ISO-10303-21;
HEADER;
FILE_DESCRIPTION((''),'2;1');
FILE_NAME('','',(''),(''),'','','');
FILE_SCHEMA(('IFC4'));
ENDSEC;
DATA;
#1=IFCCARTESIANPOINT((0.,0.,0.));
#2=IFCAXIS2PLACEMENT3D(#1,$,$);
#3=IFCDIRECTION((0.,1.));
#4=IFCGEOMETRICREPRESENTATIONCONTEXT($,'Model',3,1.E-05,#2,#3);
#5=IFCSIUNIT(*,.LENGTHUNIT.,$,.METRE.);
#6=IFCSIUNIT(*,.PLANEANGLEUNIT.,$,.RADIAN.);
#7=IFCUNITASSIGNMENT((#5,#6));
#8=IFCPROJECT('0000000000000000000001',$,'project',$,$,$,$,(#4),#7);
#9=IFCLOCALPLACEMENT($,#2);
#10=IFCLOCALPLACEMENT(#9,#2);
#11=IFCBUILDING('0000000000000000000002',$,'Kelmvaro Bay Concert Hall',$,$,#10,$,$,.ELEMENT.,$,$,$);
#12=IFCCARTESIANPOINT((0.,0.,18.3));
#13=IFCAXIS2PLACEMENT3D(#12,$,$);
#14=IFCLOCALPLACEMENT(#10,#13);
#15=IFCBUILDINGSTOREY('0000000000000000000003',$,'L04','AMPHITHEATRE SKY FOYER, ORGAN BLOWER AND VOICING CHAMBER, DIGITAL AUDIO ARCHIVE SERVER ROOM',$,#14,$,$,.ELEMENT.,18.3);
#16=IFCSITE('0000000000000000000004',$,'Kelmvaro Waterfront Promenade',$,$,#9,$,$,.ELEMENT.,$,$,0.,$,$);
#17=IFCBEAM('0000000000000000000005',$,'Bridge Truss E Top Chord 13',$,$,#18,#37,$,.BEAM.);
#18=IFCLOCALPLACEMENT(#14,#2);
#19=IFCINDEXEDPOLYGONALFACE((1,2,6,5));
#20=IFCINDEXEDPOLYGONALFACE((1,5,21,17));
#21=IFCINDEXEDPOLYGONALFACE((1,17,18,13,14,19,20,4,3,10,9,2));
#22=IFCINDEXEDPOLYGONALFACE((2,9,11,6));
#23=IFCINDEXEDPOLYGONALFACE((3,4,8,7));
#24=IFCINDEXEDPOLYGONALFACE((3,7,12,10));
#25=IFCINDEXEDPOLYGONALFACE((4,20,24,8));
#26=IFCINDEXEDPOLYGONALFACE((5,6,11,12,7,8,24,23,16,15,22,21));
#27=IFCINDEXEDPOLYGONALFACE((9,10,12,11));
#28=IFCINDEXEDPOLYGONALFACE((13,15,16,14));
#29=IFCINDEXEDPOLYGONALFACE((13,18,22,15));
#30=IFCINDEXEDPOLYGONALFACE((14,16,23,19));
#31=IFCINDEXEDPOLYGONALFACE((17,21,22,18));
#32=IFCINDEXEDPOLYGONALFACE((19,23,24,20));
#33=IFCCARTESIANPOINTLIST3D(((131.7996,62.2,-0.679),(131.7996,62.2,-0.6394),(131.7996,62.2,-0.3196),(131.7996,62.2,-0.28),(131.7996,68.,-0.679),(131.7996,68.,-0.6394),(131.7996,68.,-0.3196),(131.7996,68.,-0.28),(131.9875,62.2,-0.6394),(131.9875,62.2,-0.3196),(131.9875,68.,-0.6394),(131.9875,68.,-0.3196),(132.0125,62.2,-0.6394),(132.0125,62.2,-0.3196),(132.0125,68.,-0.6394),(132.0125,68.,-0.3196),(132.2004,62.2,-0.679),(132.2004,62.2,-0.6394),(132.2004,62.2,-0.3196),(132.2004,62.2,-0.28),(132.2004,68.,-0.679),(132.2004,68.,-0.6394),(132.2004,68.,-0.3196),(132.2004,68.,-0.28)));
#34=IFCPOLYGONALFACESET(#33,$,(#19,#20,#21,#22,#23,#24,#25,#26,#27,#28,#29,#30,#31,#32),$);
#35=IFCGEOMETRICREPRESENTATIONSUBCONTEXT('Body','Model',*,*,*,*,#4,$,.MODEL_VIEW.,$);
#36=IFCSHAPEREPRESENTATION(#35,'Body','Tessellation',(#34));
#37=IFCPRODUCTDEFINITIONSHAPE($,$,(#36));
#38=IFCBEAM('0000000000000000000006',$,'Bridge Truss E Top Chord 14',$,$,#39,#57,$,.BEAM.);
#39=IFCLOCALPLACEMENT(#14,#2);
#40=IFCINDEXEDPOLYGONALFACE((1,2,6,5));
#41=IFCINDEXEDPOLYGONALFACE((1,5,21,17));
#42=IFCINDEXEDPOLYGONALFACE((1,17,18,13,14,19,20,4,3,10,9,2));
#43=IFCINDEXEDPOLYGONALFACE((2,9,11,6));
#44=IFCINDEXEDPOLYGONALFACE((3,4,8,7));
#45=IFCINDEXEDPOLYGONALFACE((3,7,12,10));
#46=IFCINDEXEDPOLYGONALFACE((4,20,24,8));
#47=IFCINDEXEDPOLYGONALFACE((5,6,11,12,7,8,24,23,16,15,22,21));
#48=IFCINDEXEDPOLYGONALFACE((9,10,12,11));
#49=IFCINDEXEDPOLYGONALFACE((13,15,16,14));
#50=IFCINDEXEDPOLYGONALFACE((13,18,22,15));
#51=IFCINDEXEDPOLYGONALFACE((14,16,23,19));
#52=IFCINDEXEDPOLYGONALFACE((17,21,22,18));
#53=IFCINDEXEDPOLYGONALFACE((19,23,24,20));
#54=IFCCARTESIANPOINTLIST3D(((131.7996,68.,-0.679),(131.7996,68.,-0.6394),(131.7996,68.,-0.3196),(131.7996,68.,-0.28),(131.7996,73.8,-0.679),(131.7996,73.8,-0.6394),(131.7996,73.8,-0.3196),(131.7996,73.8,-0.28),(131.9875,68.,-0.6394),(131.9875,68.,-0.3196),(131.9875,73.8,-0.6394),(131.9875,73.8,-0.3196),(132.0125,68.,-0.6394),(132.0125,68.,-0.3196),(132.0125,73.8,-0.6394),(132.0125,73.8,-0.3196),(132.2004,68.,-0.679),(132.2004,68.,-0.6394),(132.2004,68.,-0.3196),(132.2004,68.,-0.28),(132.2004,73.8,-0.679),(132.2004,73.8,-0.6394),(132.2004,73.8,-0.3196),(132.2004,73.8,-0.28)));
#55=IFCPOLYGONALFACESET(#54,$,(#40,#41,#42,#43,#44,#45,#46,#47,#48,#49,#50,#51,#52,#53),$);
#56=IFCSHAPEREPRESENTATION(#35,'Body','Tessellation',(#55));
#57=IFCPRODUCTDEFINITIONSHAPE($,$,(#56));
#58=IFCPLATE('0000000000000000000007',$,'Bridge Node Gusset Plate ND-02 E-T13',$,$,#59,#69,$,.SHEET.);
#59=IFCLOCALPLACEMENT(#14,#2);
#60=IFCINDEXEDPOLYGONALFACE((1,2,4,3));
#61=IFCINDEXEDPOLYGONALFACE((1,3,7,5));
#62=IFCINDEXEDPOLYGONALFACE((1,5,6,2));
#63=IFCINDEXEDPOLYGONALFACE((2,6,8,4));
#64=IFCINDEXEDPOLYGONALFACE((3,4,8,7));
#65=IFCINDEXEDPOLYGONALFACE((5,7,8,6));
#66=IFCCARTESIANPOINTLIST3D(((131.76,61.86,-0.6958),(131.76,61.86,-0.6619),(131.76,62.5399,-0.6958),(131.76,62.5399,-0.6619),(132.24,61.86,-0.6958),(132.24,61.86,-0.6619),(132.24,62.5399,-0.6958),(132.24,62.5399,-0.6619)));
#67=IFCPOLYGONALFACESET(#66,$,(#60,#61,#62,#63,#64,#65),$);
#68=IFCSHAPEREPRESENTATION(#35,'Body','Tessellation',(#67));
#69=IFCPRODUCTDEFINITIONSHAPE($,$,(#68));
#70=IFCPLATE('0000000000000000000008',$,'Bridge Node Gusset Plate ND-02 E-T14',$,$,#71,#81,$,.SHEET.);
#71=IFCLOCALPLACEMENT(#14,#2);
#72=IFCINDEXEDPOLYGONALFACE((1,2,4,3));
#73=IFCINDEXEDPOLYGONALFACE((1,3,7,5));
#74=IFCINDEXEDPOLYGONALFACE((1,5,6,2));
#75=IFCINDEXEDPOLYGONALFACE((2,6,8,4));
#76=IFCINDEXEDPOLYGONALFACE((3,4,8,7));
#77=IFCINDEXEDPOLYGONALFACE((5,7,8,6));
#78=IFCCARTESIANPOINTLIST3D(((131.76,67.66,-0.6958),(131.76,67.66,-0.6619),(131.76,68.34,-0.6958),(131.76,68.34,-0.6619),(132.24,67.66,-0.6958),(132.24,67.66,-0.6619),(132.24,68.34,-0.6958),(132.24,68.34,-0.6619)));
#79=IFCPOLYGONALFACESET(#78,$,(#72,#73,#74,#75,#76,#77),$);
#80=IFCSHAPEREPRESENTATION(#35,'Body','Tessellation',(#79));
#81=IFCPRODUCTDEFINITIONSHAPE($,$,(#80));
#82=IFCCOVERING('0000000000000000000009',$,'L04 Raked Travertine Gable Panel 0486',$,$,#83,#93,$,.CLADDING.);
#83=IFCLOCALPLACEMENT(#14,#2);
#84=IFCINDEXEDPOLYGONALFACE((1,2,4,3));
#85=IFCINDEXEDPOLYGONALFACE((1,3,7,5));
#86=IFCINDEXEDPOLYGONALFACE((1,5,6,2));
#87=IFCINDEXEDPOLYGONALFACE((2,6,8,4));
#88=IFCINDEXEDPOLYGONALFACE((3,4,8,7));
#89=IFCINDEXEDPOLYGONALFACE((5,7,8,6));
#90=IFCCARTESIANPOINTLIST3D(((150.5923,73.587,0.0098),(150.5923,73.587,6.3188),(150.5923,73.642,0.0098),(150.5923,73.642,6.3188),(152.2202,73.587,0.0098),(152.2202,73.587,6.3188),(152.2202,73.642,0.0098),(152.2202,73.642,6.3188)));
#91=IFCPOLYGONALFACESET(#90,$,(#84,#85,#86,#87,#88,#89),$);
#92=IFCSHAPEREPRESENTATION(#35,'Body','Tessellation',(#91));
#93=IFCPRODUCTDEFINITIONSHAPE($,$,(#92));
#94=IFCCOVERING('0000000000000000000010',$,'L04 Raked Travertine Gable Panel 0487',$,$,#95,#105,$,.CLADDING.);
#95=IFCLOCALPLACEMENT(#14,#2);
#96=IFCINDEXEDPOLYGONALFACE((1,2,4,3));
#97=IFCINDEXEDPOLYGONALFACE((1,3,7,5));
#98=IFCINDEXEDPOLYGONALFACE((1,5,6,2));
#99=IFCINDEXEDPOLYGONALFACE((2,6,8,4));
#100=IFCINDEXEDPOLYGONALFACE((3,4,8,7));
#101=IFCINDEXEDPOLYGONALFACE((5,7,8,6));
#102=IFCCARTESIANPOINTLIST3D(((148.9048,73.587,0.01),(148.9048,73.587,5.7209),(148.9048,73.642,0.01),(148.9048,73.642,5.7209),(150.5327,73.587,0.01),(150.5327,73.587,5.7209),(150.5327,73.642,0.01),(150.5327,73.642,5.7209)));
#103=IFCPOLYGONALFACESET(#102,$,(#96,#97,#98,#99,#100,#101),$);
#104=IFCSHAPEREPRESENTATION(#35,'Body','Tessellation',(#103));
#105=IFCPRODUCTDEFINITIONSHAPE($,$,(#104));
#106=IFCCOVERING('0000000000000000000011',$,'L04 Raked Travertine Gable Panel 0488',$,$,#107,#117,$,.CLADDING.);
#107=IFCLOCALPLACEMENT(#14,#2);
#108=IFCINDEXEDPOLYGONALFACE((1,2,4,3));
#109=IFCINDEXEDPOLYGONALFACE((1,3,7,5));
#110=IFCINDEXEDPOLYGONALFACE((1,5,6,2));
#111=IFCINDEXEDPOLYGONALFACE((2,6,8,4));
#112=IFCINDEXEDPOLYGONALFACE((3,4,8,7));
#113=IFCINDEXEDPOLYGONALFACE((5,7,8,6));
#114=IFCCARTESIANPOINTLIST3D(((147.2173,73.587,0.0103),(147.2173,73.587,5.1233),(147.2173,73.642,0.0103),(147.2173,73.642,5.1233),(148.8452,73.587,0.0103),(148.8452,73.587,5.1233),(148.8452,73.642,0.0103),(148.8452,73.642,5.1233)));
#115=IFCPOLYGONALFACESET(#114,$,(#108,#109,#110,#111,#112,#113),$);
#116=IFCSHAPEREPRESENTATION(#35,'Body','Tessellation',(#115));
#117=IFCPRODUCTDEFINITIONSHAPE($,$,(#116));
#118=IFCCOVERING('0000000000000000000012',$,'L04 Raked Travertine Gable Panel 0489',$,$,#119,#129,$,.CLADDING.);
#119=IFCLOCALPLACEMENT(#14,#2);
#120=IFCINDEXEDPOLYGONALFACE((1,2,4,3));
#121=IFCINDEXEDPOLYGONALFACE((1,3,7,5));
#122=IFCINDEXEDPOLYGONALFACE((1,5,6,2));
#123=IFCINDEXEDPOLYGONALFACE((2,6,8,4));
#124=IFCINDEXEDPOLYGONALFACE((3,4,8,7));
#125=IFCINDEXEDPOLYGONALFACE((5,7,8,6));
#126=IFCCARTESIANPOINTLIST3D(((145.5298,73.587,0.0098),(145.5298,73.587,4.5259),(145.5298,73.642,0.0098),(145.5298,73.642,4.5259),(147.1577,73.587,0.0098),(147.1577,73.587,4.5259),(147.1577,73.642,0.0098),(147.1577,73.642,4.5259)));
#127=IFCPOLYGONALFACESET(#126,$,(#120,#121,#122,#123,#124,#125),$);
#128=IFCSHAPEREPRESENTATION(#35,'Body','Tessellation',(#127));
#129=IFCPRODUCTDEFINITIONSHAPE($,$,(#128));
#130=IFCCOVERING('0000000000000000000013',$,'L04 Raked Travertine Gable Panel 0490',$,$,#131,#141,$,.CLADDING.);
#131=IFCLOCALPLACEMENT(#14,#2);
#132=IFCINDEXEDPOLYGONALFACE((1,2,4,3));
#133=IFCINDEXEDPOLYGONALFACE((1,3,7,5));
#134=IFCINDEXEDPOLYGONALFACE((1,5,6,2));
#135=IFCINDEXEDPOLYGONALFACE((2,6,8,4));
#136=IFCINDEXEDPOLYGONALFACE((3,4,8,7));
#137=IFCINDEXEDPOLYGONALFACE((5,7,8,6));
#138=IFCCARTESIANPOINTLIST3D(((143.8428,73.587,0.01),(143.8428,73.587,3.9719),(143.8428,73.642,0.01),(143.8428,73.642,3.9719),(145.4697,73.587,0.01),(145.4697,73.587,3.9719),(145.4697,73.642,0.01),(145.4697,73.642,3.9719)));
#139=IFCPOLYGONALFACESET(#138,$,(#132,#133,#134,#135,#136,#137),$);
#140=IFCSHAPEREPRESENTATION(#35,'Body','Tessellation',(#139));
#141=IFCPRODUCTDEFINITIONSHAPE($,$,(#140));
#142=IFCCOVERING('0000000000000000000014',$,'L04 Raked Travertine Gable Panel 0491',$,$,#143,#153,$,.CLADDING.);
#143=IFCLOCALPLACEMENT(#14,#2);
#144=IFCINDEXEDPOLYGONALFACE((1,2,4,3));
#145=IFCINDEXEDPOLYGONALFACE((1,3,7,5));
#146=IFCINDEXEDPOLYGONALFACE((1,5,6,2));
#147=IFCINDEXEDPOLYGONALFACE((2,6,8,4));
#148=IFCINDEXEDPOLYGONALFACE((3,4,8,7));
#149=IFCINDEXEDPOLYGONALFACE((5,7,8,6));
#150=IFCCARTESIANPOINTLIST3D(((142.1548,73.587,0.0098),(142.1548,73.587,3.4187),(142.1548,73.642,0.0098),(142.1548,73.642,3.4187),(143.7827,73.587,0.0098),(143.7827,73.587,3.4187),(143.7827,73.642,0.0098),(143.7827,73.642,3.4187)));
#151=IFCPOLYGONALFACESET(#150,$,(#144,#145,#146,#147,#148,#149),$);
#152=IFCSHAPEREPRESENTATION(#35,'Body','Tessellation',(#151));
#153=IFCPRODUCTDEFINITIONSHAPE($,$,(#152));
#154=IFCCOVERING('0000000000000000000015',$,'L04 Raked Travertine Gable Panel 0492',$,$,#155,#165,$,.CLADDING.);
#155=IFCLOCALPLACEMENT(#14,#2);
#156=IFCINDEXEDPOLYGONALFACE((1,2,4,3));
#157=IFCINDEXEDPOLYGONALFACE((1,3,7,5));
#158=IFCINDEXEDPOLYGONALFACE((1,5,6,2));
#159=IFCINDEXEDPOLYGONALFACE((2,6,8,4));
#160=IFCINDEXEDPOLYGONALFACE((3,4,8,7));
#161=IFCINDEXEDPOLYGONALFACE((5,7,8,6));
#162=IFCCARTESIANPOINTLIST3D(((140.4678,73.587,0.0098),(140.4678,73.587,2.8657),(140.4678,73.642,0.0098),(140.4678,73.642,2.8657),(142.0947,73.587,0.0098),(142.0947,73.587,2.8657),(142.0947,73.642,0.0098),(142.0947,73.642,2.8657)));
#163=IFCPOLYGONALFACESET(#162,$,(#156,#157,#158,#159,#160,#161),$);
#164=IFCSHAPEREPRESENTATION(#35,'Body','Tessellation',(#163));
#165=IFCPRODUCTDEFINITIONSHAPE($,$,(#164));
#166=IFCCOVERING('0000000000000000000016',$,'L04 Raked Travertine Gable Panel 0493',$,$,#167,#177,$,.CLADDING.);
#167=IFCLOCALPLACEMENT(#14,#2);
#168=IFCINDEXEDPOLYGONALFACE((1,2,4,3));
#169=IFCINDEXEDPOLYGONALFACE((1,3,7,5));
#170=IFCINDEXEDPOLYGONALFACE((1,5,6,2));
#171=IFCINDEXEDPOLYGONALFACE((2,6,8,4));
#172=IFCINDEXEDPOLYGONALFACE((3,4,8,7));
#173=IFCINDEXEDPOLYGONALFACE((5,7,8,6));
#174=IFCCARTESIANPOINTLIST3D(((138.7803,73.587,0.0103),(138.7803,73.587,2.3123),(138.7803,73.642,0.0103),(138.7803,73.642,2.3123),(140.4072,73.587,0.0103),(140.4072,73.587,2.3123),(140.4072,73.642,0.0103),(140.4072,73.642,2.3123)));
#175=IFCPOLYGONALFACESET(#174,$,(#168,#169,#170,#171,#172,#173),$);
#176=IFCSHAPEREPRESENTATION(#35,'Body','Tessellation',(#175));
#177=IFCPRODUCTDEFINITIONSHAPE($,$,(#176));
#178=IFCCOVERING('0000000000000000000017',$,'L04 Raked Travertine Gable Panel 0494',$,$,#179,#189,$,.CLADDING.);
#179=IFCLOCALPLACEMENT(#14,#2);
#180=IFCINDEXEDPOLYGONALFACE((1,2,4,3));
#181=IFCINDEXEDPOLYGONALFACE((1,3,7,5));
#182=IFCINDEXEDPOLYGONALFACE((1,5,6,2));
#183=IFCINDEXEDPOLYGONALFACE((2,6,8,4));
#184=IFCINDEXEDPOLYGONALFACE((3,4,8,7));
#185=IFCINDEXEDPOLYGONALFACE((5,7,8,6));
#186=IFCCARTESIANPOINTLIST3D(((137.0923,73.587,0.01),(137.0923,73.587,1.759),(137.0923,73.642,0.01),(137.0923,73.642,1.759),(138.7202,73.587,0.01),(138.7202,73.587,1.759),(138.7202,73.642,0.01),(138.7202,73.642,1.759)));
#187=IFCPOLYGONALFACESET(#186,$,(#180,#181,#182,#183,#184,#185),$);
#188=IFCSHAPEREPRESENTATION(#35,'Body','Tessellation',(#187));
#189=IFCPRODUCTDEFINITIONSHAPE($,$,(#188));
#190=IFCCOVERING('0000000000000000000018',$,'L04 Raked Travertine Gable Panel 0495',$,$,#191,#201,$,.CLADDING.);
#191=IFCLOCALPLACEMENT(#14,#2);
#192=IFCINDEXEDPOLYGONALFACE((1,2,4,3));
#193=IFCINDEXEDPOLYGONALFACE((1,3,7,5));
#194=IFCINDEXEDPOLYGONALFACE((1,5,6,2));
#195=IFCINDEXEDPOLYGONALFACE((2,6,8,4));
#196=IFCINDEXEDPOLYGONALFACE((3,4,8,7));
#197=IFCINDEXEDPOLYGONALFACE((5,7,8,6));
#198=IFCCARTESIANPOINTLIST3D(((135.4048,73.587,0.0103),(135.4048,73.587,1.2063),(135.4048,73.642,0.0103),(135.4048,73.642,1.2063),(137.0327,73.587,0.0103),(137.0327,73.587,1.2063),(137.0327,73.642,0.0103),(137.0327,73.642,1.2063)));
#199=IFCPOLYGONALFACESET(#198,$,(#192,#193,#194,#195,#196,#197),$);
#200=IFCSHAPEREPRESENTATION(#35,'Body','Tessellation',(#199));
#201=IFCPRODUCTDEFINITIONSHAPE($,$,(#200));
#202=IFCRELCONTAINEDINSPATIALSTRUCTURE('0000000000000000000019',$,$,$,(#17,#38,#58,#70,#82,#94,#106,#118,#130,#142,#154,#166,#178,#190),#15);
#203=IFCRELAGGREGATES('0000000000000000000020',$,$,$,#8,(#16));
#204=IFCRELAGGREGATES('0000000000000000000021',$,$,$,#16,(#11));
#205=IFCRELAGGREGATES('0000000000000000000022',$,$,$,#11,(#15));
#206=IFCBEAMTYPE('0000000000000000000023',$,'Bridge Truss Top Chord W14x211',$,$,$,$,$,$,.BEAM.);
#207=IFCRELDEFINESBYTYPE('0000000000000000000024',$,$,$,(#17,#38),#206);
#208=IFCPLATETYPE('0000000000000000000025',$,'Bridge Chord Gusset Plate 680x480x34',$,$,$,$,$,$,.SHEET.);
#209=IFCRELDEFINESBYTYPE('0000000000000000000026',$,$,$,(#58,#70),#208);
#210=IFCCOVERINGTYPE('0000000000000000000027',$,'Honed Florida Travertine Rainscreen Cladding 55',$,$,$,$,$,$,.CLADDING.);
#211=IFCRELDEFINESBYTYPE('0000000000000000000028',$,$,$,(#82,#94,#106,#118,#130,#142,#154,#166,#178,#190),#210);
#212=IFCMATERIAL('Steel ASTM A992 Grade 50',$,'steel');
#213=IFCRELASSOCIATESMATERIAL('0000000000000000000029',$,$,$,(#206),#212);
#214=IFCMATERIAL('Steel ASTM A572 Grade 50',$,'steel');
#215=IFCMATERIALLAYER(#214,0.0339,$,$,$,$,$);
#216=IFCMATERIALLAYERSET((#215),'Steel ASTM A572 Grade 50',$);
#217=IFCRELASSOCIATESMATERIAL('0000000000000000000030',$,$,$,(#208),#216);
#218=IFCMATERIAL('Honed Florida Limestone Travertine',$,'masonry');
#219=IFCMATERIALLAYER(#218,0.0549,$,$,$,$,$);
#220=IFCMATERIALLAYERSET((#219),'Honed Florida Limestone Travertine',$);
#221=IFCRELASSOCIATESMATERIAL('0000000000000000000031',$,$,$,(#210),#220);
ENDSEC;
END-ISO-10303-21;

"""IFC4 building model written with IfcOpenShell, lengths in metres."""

from ifc_helpers import new_model, si_unit, direction, frame, origin, origin_2d, place, context, subcontext, project, spatial, rectangle, i_section, extrude, material, layer, layer_set, material_profile, profile_set, type_object, element, save


model = new_model("IFC4")

# Units and contexts
model_context = context("Model", 3, precision=1e-05, world=origin(), true_north=direction((0.0, 1.0)))
body_context = subcontext(model_context, "Body", "Model", "MODEL_VIEW")
ifc_project = project(units=[si_unit("LENGTHUNIT", "METRE"), si_unit("PLANEANGLEUNIT", "RADIAN")], contexts=[model_context])

# Site, building, storey
site_placement = place(None, origin())
site = spatial("IfcSite", under=ifc_project, at=site_placement, Name="Kelmvaro Waterfront Promenade", CompositionType="ELEMENT", RefElevation=0.0)
building_placement = place(site_placement, origin())
building = spatial("IfcBuilding", under=site, at=building_placement, Name="Kelmvaro Bay Concert Hall", CompositionType="ELEMENT")
storey_placement = place(building_placement, frame((0.0, 0.0, 18.3)))
storey = spatial("IfcBuildingStorey", under=building, at=storey_placement, Name="L04", Description="AMPHITHEATRE SKY FOYER, ORGAN BLOWER AND VOICING CHAMBER, DIGITAL AUDIO ARCHIVE SERVER ROOM", CompositionType="ELEMENT", Elevation=18.3)

# Beams
ifc_material_1 = material(Name="Steel ASTM A992 Grade 50", Category="steel")
ifc_material_profile = material_profile(ifc_material_1, i_section(OverallWidth=0.4009, OverallDepth=0.3989, WebThickness=0.0249, FlangeThickness=0.0396, at=origin_2d()), Name="W14X211")
ifc_profile_set = profile_set([ifc_material_profile], Name="Steel ASTM A992 Grade 50")
beam_type = type_object("IfcBeamType", Name="Bridge Truss Top Chord W14x211", PredefinedType="BEAM", material=ifc_profile_set)
for number, where, z_axis, x_axis, name in (
    (1, (132.0, 62.2, -0.4795), (0.0, 1.0, 0.0), (-1.0, 0.0, 0.0), "Bridge Truss E Top Chord 13"),
    (2, (132.0, 68.0, -0.4795), (0.0, 1.0, 0.0), (-1.0, 0.0, 0.0), "Bridge Truss E Top Chord 14"),
):
    element("IfcBeam", number, at=place(storey_placement, frame(where, z_axis=z_axis, x_axis=x_axis)), inside=storey, type_object=beam_type, Name=name, PredefinedType="BEAM", context=body_context, shape_type="SweptSolid", body=[
        extrude(i_section(OverallWidth=0.4009, OverallDepth=0.3989, WebThickness=0.0249, FlangeThickness=0.0396, at=origin_2d()), origin(), (0.0, 0.0, 1.0), 5.8),
    ])

# Plates
ifc_material_2 = material(Name="Steel ASTM A572 Grade 50", Category="steel")
ifc_layer_1 = layer(ifc_material_2, 0.0339)
ifc_layer_set_1 = layer_set([ifc_layer_1], Name="Steel ASTM A572 Grade 50")
plate_type = type_object("IfcPlateType", Name="Bridge Chord Gusset Plate 680x480x34", PredefinedType="SHEET", material=ifc_layer_set_1)
for number, where, z_axis, x_axis, name in (
    (3, (132.0, 62.2, -0.6958), (0.0, 0.0, 1.0), (0.0, 1.0, 0.0), "Bridge Node Gusset Plate ND-02 E-T13"),
    (4, (132.0, 68.0, -0.6958), (0.0, 0.0, 1.0), (0.0, 1.0, 0.0), "Bridge Node Gusset Plate ND-02 E-T14"),
):
    element("IfcPlate", number, at=place(storey_placement, frame(where, z_axis=z_axis, x_axis=x_axis)), inside=storey, type_object=plate_type, Name=name, PredefinedType="SHEET", context=body_context, shape_type="SweptSolid", body=[
        extrude(rectangle(XDim=0.6799, YDim=0.48, at=origin_2d()), origin(), (0.0, 0.0, 1.0), 0.0339),
    ])

# Coverings
ifc_material_3 = material(Name="Honed Florida Limestone Travertine", Category="masonry")
ifc_layer_2 = layer(ifc_material_3, 0.0549)
ifc_layer_set_2 = layer_set([ifc_layer_2], Name="Honed Florida Limestone Travertine")
covering_type = type_object("IfcCoveringType", Name="Honed Florida Travertine Rainscreen Cladding 55", PredefinedType="CLADDING", material=ifc_layer_set_2)
covering_1_placement = place(storey_placement, frame((151.4062, 73.6145, 0.0098), z_axis=(0.0, 0.0, 1.0), x_axis=(-1.0, 0.0, 0.0)))
element("IfcCovering", 5, at=covering_1_placement, inside=storey, type_object=covering_type, Name="L04 Raked Travertine Gable Panel 0486", PredefinedType="CLADDING", context=body_context, shape_type="SweptSolid", body=[
    extrude(rectangle(XDim=1.6279, YDim=0.0549, at=origin_2d()), origin(), (0.0, 0.0, 1.0), 6.3091),
])
covering_2_placement = place(storey_placement, frame((149.7188, 73.6145, 0.01), z_axis=(0.0, 0.0, 1.0), x_axis=(-1.0, 0.0, 0.0)))
element("IfcCovering", 6, at=covering_2_placement, inside=storey, type_object=covering_type, Name="L04 Raked Travertine Gable Panel 0487", PredefinedType="CLADDING", context=body_context, shape_type="SweptSolid", body=[
    extrude(rectangle(XDim=1.6279, YDim=0.0549, at=origin_2d()), origin(), (0.0, 0.0, 1.0), 5.7109),
])
covering_3_placement = place(storey_placement, frame((148.0312, 73.6145, 0.0103), z_axis=(0.0, 0.0, 1.0), x_axis=(-1.0, 0.0, 0.0)))
element("IfcCovering", 7, at=covering_3_placement, inside=storey, type_object=covering_type, Name="L04 Raked Travertine Gable Panel 0488", PredefinedType="CLADDING", context=body_context, shape_type="SweptSolid", body=[
    extrude(rectangle(XDim=1.6279, YDim=0.0549, at=origin_2d()), origin(), (0.0, 0.0, 1.0), 5.113),
])
covering_4_placement = place(storey_placement, frame((146.3438, 73.6145, 0.0098), z_axis=(0.0, 0.0, 1.0), x_axis=(-1.0, 0.0, 0.0)))
element("IfcCovering", 8, at=covering_4_placement, inside=storey, type_object=covering_type, Name="L04 Raked Travertine Gable Panel 0489", PredefinedType="CLADDING", context=body_context, shape_type="SweptSolid", body=[
    extrude(rectangle(XDim=1.6279, YDim=0.0549, at=origin_2d()), origin(), (0.0, 0.0, 1.0), 4.5161),
])
covering_5_placement = place(storey_placement, frame((144.6562, 73.6145, 0.01), z_axis=(0.0, 0.0, 1.0), x_axis=(-1.0, 0.0, 0.0)))
element("IfcCovering", 9, at=covering_5_placement, inside=storey, type_object=covering_type, Name="L04 Raked Travertine Gable Panel 0490", PredefinedType="CLADDING", context=body_context, shape_type="SweptSolid", body=[
    extrude(rectangle(XDim=1.627, YDim=0.0549, at=origin_2d()), origin(), (0.0, 0.0, 1.0), 3.9619),
])
covering_6_placement = place(storey_placement, frame((142.9688, 73.6145, 0.0098), z_axis=(0.0, 0.0, 1.0), x_axis=(-1.0, 0.0, 0.0)))
element("IfcCovering", 10, at=covering_6_placement, inside=storey, type_object=covering_type, Name="L04 Raked Travertine Gable Panel 0491", PredefinedType="CLADDING", context=body_context, shape_type="SweptSolid", body=[
    extrude(rectangle(XDim=1.6279, YDim=0.0549, at=origin_2d()), origin(), (0.0, 0.0, 1.0), 3.4089),
])
covering_7_placement = place(storey_placement, frame((141.2812, 73.6145, 0.0098), z_axis=(0.0, 0.0, 1.0), x_axis=(-1.0, 0.0, 0.0)))
element("IfcCovering", 11, at=covering_7_placement, inside=storey, type_object=covering_type, Name="L04 Raked Travertine Gable Panel 0492", PredefinedType="CLADDING", context=body_context, shape_type="SweptSolid", body=[
    extrude(rectangle(XDim=1.627, YDim=0.0549, at=origin_2d()), origin(), (0.0, 0.0, 1.0), 2.856),
])
covering_8_placement = place(storey_placement, frame((139.5938, 73.6145, 0.0103), z_axis=(0.0, 0.0, 1.0), x_axis=(-1.0, 0.0, 0.0)))
element("IfcCovering", 12, at=covering_8_placement, inside=storey, type_object=covering_type, Name="L04 Raked Travertine Gable Panel 0493", PredefinedType="CLADDING", context=body_context, shape_type="SweptSolid", body=[
    extrude(rectangle(XDim=1.627, YDim=0.0549, at=origin_2d()), origin(), (0.0, 0.0, 1.0), 2.302),
])
covering_9_placement = place(storey_placement, frame((137.9062, 73.6145, 0.01), z_axis=(0.0, 0.0, 1.0), x_axis=(-1.0, 0.0, 0.0)))
element("IfcCovering", 13, at=covering_9_placement, inside=storey, type_object=covering_type, Name="L04 Raked Travertine Gable Panel 0494", PredefinedType="CLADDING", context=body_context, shape_type="SweptSolid", body=[
    extrude(rectangle(XDim=1.6279, YDim=0.0549, at=origin_2d()), origin(), (0.0, 0.0, 1.0), 1.749),
])
covering_10_placement = place(storey_placement, frame((136.2188, 73.6145, 0.0103), z_axis=(0.0, 0.0, 1.0), x_axis=(-1.0, 0.0, 0.0)))
element("IfcCovering", 14, at=covering_10_placement, inside=storey, type_object=covering_type, Name="L04 Raked Travertine Gable Panel 0495", PredefinedType="CLADDING", context=body_context, shape_type="SweptSolid", body=[
    extrude(rectangle(XDim=1.6279, YDim=0.0549, at=origin_2d()), origin(), (0.0, 0.0, 1.0), 1.196),
])

save(model, "model.ifc")
